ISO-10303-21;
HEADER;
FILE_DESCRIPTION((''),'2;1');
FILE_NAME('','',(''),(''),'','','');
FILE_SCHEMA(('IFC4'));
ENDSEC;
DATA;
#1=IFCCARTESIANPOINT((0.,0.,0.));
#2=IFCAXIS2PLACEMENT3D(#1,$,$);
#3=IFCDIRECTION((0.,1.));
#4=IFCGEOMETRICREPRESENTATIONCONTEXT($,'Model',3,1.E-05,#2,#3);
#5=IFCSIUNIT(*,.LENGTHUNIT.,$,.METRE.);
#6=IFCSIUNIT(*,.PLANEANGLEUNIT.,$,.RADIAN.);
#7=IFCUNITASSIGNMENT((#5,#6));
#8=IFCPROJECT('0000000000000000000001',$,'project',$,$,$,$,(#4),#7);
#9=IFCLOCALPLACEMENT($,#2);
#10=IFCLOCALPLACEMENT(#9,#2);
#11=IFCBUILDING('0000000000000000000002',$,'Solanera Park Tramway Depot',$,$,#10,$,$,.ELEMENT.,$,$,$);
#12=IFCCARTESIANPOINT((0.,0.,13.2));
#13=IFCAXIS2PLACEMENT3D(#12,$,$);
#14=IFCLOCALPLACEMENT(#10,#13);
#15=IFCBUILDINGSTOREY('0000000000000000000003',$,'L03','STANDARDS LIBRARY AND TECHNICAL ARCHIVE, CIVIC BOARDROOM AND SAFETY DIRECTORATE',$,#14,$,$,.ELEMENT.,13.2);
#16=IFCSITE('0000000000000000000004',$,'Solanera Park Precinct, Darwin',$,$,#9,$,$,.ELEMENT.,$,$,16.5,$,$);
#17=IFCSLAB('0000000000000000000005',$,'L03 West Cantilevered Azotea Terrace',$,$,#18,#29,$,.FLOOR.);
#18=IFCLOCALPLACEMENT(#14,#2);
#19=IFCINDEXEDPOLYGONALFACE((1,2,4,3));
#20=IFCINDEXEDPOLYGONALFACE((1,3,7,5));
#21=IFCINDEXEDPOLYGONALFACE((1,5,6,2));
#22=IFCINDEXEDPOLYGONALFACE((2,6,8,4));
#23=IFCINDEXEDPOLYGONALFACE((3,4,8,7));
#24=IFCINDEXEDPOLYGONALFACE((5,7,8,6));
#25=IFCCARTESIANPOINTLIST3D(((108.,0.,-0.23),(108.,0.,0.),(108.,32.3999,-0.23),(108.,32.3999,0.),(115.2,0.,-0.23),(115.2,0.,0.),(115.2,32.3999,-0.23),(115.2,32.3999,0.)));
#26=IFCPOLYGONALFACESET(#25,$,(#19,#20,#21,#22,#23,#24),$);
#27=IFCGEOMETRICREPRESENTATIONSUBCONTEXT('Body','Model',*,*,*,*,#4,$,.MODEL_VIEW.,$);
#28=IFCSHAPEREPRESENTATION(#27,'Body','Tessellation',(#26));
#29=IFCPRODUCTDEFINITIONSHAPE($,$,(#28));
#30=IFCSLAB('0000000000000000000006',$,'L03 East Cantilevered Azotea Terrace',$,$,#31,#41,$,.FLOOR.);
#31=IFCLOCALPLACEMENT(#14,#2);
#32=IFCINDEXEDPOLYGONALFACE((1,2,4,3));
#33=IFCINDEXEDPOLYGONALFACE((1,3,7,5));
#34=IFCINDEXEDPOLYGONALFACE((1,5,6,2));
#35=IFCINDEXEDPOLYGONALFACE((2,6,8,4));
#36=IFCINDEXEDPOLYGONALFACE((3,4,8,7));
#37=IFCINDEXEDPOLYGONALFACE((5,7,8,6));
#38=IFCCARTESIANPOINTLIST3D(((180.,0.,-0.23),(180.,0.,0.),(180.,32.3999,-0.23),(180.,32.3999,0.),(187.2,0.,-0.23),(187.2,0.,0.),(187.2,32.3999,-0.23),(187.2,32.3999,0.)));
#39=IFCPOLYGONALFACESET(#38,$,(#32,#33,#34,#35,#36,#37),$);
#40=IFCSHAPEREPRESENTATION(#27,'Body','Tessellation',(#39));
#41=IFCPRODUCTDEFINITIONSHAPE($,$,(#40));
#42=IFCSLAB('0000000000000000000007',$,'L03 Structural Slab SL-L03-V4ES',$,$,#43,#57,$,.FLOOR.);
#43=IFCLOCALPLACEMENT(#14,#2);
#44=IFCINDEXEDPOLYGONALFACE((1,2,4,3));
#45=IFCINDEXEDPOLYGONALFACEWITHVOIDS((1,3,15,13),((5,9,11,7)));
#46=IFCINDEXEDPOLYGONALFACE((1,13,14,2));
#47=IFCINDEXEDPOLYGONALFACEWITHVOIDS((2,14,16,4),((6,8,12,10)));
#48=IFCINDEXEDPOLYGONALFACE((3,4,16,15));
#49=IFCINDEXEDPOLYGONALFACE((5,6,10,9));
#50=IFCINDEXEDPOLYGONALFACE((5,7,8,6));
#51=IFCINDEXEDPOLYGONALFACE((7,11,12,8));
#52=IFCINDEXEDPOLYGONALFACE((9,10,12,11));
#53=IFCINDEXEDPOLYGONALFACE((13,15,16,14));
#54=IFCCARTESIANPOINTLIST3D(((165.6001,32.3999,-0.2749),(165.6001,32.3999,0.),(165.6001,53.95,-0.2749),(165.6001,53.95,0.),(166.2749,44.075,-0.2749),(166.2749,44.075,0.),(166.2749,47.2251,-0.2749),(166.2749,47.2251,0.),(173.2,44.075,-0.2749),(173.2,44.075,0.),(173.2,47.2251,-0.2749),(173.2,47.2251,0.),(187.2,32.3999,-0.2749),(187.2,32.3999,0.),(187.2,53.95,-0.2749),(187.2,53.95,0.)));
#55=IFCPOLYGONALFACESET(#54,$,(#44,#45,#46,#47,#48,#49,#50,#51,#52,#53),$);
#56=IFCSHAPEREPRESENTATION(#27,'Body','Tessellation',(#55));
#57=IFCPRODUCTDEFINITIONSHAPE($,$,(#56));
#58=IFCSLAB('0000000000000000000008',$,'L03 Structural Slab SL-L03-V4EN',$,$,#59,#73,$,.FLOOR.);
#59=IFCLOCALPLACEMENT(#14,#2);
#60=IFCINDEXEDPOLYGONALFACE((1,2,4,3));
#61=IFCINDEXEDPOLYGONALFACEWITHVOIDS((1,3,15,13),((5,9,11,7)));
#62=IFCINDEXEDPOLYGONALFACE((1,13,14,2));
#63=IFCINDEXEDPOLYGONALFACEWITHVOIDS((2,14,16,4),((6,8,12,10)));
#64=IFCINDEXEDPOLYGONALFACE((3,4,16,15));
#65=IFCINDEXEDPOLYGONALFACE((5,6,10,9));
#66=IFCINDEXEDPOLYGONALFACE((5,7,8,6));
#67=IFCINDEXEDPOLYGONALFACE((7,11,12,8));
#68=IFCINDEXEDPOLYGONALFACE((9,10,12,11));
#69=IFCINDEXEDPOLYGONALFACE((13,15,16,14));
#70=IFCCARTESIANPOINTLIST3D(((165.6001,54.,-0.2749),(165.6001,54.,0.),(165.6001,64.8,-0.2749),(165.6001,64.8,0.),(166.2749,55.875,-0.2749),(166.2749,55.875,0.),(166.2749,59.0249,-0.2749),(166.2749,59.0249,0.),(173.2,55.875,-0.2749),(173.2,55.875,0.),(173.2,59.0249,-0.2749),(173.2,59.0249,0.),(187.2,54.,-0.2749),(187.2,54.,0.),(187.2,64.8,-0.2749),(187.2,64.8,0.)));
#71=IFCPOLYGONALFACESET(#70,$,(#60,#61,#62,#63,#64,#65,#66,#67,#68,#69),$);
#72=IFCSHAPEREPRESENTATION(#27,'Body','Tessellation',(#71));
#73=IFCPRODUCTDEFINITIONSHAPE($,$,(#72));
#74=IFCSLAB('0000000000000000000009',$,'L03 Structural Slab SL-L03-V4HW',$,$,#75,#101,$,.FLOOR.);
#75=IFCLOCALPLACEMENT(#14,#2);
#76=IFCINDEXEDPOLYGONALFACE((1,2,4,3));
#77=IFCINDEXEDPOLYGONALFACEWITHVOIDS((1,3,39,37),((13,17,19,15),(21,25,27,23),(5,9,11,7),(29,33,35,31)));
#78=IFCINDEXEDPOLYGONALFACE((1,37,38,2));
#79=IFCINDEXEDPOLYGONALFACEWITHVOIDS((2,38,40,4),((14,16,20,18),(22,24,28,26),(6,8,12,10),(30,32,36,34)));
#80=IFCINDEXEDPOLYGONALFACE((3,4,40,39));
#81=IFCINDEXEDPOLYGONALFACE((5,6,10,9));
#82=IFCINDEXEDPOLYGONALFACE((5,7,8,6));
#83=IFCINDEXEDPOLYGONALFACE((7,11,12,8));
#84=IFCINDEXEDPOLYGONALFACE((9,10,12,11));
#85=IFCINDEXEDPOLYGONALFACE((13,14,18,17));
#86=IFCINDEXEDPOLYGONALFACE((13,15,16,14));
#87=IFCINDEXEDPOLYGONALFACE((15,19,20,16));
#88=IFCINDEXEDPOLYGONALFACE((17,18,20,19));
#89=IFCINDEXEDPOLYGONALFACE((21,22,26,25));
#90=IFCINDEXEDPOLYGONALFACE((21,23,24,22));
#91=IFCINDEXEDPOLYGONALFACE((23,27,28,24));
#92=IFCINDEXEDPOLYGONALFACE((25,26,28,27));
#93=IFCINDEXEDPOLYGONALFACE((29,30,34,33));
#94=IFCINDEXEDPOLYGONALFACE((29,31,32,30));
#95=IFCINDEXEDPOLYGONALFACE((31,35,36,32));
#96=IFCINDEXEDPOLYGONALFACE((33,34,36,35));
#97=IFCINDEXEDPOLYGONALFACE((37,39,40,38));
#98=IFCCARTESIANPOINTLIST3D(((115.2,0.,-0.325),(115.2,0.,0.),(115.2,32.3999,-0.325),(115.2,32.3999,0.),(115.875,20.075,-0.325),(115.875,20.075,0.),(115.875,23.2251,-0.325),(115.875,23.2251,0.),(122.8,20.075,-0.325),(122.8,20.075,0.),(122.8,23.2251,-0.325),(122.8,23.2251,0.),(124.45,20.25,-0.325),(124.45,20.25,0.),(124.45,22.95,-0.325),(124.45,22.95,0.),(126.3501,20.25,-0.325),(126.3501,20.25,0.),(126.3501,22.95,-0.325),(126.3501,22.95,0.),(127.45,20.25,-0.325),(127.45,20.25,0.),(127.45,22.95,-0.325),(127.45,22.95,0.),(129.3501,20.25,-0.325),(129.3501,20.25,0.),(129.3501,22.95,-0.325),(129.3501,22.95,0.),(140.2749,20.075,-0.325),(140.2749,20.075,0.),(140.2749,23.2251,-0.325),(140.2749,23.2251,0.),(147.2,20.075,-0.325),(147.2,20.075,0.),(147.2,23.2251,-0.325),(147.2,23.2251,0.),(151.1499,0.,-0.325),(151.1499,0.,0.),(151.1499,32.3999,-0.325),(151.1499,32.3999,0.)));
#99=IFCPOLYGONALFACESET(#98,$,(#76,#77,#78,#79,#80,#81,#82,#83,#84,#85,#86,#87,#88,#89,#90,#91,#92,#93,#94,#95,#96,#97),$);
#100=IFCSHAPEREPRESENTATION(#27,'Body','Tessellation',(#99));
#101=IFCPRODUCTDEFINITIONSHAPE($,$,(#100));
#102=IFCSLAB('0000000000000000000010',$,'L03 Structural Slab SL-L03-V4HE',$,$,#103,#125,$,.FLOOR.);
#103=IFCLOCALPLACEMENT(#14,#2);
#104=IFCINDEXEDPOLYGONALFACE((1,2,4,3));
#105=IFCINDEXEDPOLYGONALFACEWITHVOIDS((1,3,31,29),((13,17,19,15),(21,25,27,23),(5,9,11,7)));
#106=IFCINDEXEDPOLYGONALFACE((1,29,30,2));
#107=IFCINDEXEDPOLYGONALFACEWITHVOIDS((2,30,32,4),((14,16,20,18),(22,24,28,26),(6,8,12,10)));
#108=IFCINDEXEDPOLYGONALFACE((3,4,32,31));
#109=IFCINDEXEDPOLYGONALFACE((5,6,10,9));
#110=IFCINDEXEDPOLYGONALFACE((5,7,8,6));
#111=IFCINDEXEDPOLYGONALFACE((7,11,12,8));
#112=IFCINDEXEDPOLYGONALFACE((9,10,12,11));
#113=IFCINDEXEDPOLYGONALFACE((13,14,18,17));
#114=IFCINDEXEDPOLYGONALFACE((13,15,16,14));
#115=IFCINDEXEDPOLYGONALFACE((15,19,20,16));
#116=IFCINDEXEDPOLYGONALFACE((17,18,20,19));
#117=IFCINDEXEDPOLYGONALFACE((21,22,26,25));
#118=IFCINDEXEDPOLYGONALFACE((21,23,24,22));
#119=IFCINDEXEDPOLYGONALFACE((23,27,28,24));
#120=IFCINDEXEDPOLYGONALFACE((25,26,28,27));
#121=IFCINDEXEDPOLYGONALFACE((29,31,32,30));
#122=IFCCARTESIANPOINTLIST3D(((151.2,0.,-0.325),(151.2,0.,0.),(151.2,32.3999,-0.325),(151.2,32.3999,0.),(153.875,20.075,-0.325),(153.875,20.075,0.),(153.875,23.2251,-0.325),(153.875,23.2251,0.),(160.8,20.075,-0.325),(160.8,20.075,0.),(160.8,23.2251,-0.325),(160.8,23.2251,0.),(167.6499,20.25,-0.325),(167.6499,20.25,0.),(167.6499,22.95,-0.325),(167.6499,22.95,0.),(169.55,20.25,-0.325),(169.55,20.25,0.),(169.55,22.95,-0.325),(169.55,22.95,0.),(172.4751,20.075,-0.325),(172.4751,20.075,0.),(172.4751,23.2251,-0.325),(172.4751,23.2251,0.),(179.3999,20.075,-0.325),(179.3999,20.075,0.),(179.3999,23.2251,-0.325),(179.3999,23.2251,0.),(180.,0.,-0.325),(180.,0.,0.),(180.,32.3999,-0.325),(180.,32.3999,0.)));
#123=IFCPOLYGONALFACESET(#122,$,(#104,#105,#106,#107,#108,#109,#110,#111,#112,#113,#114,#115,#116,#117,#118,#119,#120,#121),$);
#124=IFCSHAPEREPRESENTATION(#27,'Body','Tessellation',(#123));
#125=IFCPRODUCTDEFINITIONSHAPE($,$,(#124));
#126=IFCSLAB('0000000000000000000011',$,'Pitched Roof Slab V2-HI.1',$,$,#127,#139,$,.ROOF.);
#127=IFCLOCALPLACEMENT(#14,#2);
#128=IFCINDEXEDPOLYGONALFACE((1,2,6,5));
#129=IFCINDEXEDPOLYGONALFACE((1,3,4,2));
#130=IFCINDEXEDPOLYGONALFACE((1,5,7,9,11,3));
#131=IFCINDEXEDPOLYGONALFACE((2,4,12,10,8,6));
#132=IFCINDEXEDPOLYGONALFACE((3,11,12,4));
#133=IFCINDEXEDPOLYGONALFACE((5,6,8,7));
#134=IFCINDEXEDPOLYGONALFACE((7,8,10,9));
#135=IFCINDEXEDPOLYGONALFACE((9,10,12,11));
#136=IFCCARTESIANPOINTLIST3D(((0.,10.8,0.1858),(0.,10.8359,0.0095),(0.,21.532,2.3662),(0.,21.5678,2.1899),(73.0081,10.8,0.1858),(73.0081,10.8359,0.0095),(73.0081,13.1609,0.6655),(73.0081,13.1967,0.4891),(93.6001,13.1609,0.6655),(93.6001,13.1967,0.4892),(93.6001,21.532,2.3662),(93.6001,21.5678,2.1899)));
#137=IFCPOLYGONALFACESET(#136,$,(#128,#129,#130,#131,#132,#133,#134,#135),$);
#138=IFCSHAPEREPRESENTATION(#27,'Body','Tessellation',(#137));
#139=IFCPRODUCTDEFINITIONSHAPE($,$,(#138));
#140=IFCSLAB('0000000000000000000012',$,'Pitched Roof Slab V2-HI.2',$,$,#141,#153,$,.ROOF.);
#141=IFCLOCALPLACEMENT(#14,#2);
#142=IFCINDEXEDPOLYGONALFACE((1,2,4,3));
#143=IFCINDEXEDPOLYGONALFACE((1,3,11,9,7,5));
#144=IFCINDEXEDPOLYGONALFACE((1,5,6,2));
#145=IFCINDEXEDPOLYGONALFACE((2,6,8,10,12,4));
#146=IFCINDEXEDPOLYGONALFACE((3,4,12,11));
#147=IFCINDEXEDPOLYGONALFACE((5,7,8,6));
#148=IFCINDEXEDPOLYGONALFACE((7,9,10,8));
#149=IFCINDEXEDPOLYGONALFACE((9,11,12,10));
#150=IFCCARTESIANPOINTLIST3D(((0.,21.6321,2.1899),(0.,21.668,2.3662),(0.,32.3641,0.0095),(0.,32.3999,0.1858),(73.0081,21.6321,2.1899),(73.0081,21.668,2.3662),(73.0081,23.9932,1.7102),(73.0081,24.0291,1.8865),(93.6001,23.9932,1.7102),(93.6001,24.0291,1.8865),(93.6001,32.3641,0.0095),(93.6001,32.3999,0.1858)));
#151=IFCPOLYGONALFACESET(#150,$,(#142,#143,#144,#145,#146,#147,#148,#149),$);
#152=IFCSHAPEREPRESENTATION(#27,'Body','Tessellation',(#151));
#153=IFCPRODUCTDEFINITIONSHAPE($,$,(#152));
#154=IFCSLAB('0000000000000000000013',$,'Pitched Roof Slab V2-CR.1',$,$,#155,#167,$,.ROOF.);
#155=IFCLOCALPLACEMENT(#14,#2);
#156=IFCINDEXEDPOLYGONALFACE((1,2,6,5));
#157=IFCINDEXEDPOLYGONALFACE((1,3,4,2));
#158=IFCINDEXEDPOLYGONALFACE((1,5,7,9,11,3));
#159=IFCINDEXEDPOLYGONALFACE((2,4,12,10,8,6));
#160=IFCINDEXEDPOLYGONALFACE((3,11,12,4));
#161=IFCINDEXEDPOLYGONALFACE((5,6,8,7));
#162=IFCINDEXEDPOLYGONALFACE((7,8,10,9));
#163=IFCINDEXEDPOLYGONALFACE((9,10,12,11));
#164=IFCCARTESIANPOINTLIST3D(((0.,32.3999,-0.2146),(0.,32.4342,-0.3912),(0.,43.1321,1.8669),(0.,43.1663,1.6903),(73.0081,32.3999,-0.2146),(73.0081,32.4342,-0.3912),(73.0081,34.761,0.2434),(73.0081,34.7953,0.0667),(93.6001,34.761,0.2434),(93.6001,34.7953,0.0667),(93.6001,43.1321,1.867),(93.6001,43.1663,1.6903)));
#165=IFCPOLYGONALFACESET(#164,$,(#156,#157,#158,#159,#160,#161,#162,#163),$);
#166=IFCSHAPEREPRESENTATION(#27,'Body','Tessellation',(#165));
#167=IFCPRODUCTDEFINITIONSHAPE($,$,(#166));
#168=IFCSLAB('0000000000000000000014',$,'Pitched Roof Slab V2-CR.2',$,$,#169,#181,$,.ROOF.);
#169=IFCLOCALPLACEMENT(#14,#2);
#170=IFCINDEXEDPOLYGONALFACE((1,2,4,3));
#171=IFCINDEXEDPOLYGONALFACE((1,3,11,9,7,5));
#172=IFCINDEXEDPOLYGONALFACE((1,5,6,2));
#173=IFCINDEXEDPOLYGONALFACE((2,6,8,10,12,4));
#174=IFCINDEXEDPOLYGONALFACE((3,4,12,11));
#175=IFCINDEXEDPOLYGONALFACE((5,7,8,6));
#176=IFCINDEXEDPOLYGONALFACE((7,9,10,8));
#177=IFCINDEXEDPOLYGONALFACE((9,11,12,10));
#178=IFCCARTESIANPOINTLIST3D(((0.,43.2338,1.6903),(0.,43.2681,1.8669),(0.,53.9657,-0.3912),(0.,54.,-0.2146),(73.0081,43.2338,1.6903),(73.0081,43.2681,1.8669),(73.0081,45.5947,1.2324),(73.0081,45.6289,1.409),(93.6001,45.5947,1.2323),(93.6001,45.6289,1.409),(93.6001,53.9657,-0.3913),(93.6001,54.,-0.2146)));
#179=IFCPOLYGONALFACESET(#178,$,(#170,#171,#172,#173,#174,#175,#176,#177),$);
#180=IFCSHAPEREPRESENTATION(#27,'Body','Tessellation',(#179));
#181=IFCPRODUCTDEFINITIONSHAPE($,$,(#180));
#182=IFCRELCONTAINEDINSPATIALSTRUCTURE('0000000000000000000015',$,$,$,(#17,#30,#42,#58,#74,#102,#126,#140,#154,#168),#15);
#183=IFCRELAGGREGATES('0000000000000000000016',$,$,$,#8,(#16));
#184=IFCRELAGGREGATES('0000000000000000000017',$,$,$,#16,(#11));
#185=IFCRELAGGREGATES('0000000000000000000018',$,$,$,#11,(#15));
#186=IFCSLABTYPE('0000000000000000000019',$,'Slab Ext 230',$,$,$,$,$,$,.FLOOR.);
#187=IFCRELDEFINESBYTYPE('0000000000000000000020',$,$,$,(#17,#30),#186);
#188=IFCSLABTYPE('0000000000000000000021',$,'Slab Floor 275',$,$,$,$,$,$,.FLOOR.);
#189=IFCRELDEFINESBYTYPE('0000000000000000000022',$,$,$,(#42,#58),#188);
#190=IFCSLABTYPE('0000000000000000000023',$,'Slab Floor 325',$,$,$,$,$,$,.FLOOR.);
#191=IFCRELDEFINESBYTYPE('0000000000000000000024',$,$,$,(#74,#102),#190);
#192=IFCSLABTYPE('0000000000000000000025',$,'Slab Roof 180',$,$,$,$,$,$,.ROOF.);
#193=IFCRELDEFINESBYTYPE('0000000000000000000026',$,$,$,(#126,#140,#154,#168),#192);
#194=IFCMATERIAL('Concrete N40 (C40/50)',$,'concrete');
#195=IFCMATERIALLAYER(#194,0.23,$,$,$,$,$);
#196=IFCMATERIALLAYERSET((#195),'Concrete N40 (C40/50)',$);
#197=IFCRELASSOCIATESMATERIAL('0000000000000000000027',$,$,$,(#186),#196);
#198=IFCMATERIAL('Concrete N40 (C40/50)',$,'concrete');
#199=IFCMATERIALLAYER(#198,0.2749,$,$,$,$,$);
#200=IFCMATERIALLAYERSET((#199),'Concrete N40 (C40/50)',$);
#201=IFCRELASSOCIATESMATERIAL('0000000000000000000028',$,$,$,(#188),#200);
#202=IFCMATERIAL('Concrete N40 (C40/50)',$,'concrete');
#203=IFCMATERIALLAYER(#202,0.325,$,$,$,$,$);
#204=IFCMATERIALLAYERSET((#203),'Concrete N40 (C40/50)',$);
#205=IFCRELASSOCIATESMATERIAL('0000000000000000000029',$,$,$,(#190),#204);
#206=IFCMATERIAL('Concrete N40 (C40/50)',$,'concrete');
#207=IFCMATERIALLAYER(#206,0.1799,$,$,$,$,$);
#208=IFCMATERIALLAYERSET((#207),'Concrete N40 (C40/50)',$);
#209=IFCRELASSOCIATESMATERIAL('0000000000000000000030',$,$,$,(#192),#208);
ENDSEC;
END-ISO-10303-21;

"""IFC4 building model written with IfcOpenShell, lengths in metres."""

from ifc_helpers import new_model, si_unit, direction, frame, origin, place, context, subcontext, project, spatial, polyline, outline, extrude, material, layer, layer_set, type_object, element, save


model = new_model("IFC4")

# Units and contexts
model_context = context("Model", 3, precision=1e-05, world=origin(), true_north=direction((0.0, 1.0)))
body_context = subcontext(model_context, "Body", "Model", "MODEL_VIEW")
ifc_project = project(units=[si_unit("LENGTHUNIT", "METRE"), si_unit("PLANEANGLEUNIT", "RADIAN")], contexts=[model_context])

# Site, building, storey
site_placement = place(None, origin())
site = spatial("IfcSite", under=ifc_project, at=site_placement, Name="Solanera Park Precinct, Darwin", CompositionType="ELEMENT", RefElevation=16.5)
building_placement = place(site_placement, origin())
building = spatial("IfcBuilding", under=site, at=building_placement, Name="Solanera Park Tramway Depot", CompositionType="ELEMENT")
storey_placement = place(building_placement, frame((0.0, 0.0, 13.2)))
storey = spatial("IfcBuildingStorey", under=building, at=storey_placement, Name="L03", Description="STANDARDS LIBRARY AND TECHNICAL ARCHIVE, CIVIC BOARDROOM AND SAFETY DIRECTORATE", CompositionType="ELEMENT", Elevation=13.2)

# Slabs
ifc_material_1 = material(Name="Concrete N40 (C40/50)", Category="concrete")
ifc_layer_1 = layer(ifc_material_1, 0.23)
ifc_layer_set_1 = layer_set([ifc_layer_1], Name="Concrete N40 (C40/50)")
slab_type_1 = type_object("IfcSlabType", Name="Slab Ext 230", PredefinedType="FLOOR", material=ifc_layer_set_1)
slab_1_placement = place(storey_placement, frame((0.0, 0.0, -0.23)))
element("IfcSlab", 1, at=slab_1_placement, inside=storey, type_object=slab_type_1, Name="L03 West Cantilevered Azotea Terrace", PredefinedType="FLOOR", context=body_context, shape_type="SweptSolid", body=[
    extrude(outline(polyline([(115.2, 0.0), (115.2, 32.3999), (108.0, 32.3999), (108.0, 0.0), (115.2, 0.0)])), origin(), (0.0, 0.0, 1.0), 0.23),
])
slab_2_placement = place(storey_placement, frame((0.0, 0.0, -0.23)))
element("IfcSlab", 2, at=slab_2_placement, inside=storey, type_object=slab_type_1, Name="L03 East Cantilevered Azotea Terrace", PredefinedType="FLOOR", context=body_context, shape_type="SweptSolid", body=[
    extrude(outline(polyline([(187.2, 0.0), (187.2, 32.3999), (180.0, 32.3999), (180.0, 0.0), (187.2, 0.0)])), origin(), (0.0, 0.0, 1.0), 0.23),
])
ifc_material_2 = material(Name="Concrete N40 (C40/50)", Category="concrete")
ifc_layer_2 = layer(ifc_material_2, 0.2749)
ifc_layer_set_2 = layer_set([ifc_layer_2], Name="Concrete N40 (C40/50)")
slab_type_2 = type_object("IfcSlabType", Name="Slab Floor 275", PredefinedType="FLOOR", material=ifc_layer_set_2)
slab_3_placement = place(storey_placement, frame((0.0, 0.0, -0.2749)))
element("IfcSlab", 3, at=slab_3_placement, inside=storey, type_object=slab_type_2, Name="L03 Structural Slab SL-L03-V4ES", PredefinedType="FLOOR", context=body_context, shape_type="SweptSolid", body=[
    extrude(outline(polyline([(165.6001, 32.3999), (165.6001, 53.95), (187.2, 53.95), (187.2, 32.3999), (165.6001, 32.3999)]), holes=[polyline([(173.2, 47.2251), (166.2749, 47.2251), (166.2749, 44.075), (173.2, 44.075), (173.2, 47.2251)])]), origin(), (0.0, 0.0, 1.0), 0.2749),
])
slab_4_placement = place(storey_placement, frame((0.0, 0.0, -0.2749)))
element("IfcSlab", 4, at=slab_4_placement, inside=storey, type_object=slab_type_2, Name="L03 Structural Slab SL-L03-V4EN", PredefinedType="FLOOR", context=body_context, shape_type="SweptSolid", body=[
    extrude(outline(polyline([(165.6001, 54.0), (165.6001, 64.8), (187.2, 64.8), (187.2, 54.0), (165.6001, 54.0)]), holes=[polyline([(173.2, 59.0249), (166.2749, 59.0249), (166.2749, 55.875), (173.2, 55.875), (173.2, 59.0249)])]), origin(), (0.0, 0.0, 1.0), 0.2749),
])
ifc_material_3 = material(Name="Concrete N40 (C40/50)", Category="concrete")
ifc_layer_3 = layer(ifc_material_3, 0.325)
ifc_layer_set_3 = layer_set([ifc_layer_3], Name="Concrete N40 (C40/50)")
slab_type_3 = type_object("IfcSlabType", Name="Slab Floor 325", PredefinedType="FLOOR", material=ifc_layer_set_3)
slab_5_placement = place(storey_placement, frame((0.0, 0.0, -0.325)))
element("IfcSlab", 5, at=slab_5_placement, inside=storey, type_object=slab_type_3, Name="L03 Structural Slab SL-L03-V4HW", PredefinedType="FLOOR", context=body_context, shape_type="SweptSolid", body=[
    extrude(outline(polyline([(151.1499, 0.0), (115.2, 0.0), (115.2, 32.3999), (151.1499, 32.3999), (151.1499, 0.0)]), holes=[polyline([(122.8, 20.075), (122.8, 23.2251), (115.875, 23.2251), (115.875, 20.075), (122.8, 20.075)]), polyline([(140.2749, 20.075), (147.2, 20.075), (147.2, 23.2251), (140.2749, 23.2251), (140.2749, 20.075)]), polyline([(124.45, 22.95), (124.45, 20.25), (126.3501, 20.25), (126.3501, 22.95), (124.45, 22.95)]), polyline([(129.3501, 22.95), (127.45, 22.95), (127.45, 20.25), (129.3501, 20.25), (129.3501, 22.95)])]), origin(), (0.0, 0.0, 1.0), 0.325),
])
slab_6_placement = place(storey_placement, frame((0.0, 0.0, -0.325)))
element("IfcSlab", 6, at=slab_6_placement, inside=storey, type_object=slab_type_3, Name="L03 Structural Slab SL-L03-V4HE", PredefinedType="FLOOR", context=body_context, shape_type="SweptSolid", body=[
    extrude(outline(polyline([(180.0, 32.3999), (180.0, 0.0), (151.2, 0.0), (151.2, 32.3999), (180.0, 32.3999)]), holes=[polyline([(153.875, 20.075), (160.8, 20.075), (160.8, 23.2251), (153.875, 23.2251), (153.875, 20.075)]), polyline([(172.4751, 23.2251), (172.4751, 20.075), (179.3999, 20.075), (179.3999, 23.2251), (172.4751, 23.2251)]), polyline([(169.55, 22.95), (167.6499, 22.95), (167.6499, 20.25), (169.55, 20.25), (169.55, 22.95)])]), origin(), (0.0, 0.0, 1.0), 0.325),
])
ifc_material_4 = material(Name="Concrete N40 (C40/50)", Category="concrete")
ifc_layer_4 = layer(ifc_material_4, 0.1799)
ifc_layer_set_4 = layer_set([ifc_layer_4], Name="Concrete N40 (C40/50)")
slab_type_4 = type_object("IfcSlabType", Name="Slab Roof 180", PredefinedType="ROOF", material=ifc_layer_set_4)
slab_7_placement = place(storey_placement, frame((0.0, 10.8, 0.1858), z_axis=(0.0, -0.199102, 0.979979), x_axis=(1.0, 0.0, 0.0)))
element("IfcSlab", 7, at=slab_7_placement, inside=storey, type_object=slab_type_4, Name="Pitched Roof Slab V2-HI.1", PredefinedType="ROOF", context=body_context, shape_type="SweptSolid", body=[
    extrude(outline(polyline([(0.0, 0.0), (73.0081, 0.0), (73.0081, 2.4091), (93.6001, 2.4091), (93.6001, 10.9512), (0.0, 10.9512), (0.0, 0.0)])), origin(), (0.0, 0.0, -1.0), 0.1799),
])
slab_8_placement = place(storey_placement, frame((0.0, 21.668, 2.3662), z_axis=(0.0, 0.199103, 0.979979), x_axis=(1.0, 0.0, 0.0)))
element("IfcSlab", 8, at=slab_8_placement, inside=storey, type_object=slab_type_4, Name="Pitched Roof Slab V2-HI.2", PredefinedType="ROOF", context=body_context, shape_type="SweptSolid", body=[
    extrude(outline(polyline([(0.0, 0.0), (73.0081, 0.0), (73.0081, 2.4093), (93.6001, 2.4093), (93.6001, 10.9512), (0.0, 10.9512), (0.0, 0.0)])), origin(), (0.0, 0.0, -1.0), 0.1799),
])
slab_9_placement = place(storey_placement, frame((0.0, 32.3999, -0.2146), z_axis=(0.0, -0.190404, 0.981706), x_axis=(1.0, 0.0, 0.0)))
element("IfcSlab", 9, at=slab_9_placement, inside=storey, type_object=slab_type_4, Name="Pitched Roof Slab V2-CR.1", PredefinedType="ROOF", context=body_context, shape_type="SweptSolid", body=[
    extrude(outline(polyline([(0.0, 0.0), (73.0081, 0.0), (73.0081, 2.4051), (93.6001, 2.4051), (93.6001, 10.9322), (0.0, 10.9322), (0.0, 0.0)])), origin(), (0.0, 0.0, -1.0), 0.1799),
])
slab_10_placement = place(storey_placement, frame((0.0, 43.2681, 1.8669), z_axis=(0.000001, 0.190407, 0.981705), x_axis=(1.0, 0.0, -0.000001)))
element("IfcSlab", 10, at=slab_10_placement, inside=storey, type_object=slab_type_4, Name="Pitched Roof Slab V2-CR.2", PredefinedType="ROOF", context=body_context, shape_type="SweptSolid", body=[
    extrude(outline(polyline([(0.0, 0.0), (73.0081, 0.0), (73.0081, 2.4049), (93.6001, 2.4049), (93.6001, 10.9319), (0.0, 10.9319), (0.0, 0.0)])), origin(), (0.0, 0.0, -1.0), 0.1799),
])

save(model, "model.ifc")
